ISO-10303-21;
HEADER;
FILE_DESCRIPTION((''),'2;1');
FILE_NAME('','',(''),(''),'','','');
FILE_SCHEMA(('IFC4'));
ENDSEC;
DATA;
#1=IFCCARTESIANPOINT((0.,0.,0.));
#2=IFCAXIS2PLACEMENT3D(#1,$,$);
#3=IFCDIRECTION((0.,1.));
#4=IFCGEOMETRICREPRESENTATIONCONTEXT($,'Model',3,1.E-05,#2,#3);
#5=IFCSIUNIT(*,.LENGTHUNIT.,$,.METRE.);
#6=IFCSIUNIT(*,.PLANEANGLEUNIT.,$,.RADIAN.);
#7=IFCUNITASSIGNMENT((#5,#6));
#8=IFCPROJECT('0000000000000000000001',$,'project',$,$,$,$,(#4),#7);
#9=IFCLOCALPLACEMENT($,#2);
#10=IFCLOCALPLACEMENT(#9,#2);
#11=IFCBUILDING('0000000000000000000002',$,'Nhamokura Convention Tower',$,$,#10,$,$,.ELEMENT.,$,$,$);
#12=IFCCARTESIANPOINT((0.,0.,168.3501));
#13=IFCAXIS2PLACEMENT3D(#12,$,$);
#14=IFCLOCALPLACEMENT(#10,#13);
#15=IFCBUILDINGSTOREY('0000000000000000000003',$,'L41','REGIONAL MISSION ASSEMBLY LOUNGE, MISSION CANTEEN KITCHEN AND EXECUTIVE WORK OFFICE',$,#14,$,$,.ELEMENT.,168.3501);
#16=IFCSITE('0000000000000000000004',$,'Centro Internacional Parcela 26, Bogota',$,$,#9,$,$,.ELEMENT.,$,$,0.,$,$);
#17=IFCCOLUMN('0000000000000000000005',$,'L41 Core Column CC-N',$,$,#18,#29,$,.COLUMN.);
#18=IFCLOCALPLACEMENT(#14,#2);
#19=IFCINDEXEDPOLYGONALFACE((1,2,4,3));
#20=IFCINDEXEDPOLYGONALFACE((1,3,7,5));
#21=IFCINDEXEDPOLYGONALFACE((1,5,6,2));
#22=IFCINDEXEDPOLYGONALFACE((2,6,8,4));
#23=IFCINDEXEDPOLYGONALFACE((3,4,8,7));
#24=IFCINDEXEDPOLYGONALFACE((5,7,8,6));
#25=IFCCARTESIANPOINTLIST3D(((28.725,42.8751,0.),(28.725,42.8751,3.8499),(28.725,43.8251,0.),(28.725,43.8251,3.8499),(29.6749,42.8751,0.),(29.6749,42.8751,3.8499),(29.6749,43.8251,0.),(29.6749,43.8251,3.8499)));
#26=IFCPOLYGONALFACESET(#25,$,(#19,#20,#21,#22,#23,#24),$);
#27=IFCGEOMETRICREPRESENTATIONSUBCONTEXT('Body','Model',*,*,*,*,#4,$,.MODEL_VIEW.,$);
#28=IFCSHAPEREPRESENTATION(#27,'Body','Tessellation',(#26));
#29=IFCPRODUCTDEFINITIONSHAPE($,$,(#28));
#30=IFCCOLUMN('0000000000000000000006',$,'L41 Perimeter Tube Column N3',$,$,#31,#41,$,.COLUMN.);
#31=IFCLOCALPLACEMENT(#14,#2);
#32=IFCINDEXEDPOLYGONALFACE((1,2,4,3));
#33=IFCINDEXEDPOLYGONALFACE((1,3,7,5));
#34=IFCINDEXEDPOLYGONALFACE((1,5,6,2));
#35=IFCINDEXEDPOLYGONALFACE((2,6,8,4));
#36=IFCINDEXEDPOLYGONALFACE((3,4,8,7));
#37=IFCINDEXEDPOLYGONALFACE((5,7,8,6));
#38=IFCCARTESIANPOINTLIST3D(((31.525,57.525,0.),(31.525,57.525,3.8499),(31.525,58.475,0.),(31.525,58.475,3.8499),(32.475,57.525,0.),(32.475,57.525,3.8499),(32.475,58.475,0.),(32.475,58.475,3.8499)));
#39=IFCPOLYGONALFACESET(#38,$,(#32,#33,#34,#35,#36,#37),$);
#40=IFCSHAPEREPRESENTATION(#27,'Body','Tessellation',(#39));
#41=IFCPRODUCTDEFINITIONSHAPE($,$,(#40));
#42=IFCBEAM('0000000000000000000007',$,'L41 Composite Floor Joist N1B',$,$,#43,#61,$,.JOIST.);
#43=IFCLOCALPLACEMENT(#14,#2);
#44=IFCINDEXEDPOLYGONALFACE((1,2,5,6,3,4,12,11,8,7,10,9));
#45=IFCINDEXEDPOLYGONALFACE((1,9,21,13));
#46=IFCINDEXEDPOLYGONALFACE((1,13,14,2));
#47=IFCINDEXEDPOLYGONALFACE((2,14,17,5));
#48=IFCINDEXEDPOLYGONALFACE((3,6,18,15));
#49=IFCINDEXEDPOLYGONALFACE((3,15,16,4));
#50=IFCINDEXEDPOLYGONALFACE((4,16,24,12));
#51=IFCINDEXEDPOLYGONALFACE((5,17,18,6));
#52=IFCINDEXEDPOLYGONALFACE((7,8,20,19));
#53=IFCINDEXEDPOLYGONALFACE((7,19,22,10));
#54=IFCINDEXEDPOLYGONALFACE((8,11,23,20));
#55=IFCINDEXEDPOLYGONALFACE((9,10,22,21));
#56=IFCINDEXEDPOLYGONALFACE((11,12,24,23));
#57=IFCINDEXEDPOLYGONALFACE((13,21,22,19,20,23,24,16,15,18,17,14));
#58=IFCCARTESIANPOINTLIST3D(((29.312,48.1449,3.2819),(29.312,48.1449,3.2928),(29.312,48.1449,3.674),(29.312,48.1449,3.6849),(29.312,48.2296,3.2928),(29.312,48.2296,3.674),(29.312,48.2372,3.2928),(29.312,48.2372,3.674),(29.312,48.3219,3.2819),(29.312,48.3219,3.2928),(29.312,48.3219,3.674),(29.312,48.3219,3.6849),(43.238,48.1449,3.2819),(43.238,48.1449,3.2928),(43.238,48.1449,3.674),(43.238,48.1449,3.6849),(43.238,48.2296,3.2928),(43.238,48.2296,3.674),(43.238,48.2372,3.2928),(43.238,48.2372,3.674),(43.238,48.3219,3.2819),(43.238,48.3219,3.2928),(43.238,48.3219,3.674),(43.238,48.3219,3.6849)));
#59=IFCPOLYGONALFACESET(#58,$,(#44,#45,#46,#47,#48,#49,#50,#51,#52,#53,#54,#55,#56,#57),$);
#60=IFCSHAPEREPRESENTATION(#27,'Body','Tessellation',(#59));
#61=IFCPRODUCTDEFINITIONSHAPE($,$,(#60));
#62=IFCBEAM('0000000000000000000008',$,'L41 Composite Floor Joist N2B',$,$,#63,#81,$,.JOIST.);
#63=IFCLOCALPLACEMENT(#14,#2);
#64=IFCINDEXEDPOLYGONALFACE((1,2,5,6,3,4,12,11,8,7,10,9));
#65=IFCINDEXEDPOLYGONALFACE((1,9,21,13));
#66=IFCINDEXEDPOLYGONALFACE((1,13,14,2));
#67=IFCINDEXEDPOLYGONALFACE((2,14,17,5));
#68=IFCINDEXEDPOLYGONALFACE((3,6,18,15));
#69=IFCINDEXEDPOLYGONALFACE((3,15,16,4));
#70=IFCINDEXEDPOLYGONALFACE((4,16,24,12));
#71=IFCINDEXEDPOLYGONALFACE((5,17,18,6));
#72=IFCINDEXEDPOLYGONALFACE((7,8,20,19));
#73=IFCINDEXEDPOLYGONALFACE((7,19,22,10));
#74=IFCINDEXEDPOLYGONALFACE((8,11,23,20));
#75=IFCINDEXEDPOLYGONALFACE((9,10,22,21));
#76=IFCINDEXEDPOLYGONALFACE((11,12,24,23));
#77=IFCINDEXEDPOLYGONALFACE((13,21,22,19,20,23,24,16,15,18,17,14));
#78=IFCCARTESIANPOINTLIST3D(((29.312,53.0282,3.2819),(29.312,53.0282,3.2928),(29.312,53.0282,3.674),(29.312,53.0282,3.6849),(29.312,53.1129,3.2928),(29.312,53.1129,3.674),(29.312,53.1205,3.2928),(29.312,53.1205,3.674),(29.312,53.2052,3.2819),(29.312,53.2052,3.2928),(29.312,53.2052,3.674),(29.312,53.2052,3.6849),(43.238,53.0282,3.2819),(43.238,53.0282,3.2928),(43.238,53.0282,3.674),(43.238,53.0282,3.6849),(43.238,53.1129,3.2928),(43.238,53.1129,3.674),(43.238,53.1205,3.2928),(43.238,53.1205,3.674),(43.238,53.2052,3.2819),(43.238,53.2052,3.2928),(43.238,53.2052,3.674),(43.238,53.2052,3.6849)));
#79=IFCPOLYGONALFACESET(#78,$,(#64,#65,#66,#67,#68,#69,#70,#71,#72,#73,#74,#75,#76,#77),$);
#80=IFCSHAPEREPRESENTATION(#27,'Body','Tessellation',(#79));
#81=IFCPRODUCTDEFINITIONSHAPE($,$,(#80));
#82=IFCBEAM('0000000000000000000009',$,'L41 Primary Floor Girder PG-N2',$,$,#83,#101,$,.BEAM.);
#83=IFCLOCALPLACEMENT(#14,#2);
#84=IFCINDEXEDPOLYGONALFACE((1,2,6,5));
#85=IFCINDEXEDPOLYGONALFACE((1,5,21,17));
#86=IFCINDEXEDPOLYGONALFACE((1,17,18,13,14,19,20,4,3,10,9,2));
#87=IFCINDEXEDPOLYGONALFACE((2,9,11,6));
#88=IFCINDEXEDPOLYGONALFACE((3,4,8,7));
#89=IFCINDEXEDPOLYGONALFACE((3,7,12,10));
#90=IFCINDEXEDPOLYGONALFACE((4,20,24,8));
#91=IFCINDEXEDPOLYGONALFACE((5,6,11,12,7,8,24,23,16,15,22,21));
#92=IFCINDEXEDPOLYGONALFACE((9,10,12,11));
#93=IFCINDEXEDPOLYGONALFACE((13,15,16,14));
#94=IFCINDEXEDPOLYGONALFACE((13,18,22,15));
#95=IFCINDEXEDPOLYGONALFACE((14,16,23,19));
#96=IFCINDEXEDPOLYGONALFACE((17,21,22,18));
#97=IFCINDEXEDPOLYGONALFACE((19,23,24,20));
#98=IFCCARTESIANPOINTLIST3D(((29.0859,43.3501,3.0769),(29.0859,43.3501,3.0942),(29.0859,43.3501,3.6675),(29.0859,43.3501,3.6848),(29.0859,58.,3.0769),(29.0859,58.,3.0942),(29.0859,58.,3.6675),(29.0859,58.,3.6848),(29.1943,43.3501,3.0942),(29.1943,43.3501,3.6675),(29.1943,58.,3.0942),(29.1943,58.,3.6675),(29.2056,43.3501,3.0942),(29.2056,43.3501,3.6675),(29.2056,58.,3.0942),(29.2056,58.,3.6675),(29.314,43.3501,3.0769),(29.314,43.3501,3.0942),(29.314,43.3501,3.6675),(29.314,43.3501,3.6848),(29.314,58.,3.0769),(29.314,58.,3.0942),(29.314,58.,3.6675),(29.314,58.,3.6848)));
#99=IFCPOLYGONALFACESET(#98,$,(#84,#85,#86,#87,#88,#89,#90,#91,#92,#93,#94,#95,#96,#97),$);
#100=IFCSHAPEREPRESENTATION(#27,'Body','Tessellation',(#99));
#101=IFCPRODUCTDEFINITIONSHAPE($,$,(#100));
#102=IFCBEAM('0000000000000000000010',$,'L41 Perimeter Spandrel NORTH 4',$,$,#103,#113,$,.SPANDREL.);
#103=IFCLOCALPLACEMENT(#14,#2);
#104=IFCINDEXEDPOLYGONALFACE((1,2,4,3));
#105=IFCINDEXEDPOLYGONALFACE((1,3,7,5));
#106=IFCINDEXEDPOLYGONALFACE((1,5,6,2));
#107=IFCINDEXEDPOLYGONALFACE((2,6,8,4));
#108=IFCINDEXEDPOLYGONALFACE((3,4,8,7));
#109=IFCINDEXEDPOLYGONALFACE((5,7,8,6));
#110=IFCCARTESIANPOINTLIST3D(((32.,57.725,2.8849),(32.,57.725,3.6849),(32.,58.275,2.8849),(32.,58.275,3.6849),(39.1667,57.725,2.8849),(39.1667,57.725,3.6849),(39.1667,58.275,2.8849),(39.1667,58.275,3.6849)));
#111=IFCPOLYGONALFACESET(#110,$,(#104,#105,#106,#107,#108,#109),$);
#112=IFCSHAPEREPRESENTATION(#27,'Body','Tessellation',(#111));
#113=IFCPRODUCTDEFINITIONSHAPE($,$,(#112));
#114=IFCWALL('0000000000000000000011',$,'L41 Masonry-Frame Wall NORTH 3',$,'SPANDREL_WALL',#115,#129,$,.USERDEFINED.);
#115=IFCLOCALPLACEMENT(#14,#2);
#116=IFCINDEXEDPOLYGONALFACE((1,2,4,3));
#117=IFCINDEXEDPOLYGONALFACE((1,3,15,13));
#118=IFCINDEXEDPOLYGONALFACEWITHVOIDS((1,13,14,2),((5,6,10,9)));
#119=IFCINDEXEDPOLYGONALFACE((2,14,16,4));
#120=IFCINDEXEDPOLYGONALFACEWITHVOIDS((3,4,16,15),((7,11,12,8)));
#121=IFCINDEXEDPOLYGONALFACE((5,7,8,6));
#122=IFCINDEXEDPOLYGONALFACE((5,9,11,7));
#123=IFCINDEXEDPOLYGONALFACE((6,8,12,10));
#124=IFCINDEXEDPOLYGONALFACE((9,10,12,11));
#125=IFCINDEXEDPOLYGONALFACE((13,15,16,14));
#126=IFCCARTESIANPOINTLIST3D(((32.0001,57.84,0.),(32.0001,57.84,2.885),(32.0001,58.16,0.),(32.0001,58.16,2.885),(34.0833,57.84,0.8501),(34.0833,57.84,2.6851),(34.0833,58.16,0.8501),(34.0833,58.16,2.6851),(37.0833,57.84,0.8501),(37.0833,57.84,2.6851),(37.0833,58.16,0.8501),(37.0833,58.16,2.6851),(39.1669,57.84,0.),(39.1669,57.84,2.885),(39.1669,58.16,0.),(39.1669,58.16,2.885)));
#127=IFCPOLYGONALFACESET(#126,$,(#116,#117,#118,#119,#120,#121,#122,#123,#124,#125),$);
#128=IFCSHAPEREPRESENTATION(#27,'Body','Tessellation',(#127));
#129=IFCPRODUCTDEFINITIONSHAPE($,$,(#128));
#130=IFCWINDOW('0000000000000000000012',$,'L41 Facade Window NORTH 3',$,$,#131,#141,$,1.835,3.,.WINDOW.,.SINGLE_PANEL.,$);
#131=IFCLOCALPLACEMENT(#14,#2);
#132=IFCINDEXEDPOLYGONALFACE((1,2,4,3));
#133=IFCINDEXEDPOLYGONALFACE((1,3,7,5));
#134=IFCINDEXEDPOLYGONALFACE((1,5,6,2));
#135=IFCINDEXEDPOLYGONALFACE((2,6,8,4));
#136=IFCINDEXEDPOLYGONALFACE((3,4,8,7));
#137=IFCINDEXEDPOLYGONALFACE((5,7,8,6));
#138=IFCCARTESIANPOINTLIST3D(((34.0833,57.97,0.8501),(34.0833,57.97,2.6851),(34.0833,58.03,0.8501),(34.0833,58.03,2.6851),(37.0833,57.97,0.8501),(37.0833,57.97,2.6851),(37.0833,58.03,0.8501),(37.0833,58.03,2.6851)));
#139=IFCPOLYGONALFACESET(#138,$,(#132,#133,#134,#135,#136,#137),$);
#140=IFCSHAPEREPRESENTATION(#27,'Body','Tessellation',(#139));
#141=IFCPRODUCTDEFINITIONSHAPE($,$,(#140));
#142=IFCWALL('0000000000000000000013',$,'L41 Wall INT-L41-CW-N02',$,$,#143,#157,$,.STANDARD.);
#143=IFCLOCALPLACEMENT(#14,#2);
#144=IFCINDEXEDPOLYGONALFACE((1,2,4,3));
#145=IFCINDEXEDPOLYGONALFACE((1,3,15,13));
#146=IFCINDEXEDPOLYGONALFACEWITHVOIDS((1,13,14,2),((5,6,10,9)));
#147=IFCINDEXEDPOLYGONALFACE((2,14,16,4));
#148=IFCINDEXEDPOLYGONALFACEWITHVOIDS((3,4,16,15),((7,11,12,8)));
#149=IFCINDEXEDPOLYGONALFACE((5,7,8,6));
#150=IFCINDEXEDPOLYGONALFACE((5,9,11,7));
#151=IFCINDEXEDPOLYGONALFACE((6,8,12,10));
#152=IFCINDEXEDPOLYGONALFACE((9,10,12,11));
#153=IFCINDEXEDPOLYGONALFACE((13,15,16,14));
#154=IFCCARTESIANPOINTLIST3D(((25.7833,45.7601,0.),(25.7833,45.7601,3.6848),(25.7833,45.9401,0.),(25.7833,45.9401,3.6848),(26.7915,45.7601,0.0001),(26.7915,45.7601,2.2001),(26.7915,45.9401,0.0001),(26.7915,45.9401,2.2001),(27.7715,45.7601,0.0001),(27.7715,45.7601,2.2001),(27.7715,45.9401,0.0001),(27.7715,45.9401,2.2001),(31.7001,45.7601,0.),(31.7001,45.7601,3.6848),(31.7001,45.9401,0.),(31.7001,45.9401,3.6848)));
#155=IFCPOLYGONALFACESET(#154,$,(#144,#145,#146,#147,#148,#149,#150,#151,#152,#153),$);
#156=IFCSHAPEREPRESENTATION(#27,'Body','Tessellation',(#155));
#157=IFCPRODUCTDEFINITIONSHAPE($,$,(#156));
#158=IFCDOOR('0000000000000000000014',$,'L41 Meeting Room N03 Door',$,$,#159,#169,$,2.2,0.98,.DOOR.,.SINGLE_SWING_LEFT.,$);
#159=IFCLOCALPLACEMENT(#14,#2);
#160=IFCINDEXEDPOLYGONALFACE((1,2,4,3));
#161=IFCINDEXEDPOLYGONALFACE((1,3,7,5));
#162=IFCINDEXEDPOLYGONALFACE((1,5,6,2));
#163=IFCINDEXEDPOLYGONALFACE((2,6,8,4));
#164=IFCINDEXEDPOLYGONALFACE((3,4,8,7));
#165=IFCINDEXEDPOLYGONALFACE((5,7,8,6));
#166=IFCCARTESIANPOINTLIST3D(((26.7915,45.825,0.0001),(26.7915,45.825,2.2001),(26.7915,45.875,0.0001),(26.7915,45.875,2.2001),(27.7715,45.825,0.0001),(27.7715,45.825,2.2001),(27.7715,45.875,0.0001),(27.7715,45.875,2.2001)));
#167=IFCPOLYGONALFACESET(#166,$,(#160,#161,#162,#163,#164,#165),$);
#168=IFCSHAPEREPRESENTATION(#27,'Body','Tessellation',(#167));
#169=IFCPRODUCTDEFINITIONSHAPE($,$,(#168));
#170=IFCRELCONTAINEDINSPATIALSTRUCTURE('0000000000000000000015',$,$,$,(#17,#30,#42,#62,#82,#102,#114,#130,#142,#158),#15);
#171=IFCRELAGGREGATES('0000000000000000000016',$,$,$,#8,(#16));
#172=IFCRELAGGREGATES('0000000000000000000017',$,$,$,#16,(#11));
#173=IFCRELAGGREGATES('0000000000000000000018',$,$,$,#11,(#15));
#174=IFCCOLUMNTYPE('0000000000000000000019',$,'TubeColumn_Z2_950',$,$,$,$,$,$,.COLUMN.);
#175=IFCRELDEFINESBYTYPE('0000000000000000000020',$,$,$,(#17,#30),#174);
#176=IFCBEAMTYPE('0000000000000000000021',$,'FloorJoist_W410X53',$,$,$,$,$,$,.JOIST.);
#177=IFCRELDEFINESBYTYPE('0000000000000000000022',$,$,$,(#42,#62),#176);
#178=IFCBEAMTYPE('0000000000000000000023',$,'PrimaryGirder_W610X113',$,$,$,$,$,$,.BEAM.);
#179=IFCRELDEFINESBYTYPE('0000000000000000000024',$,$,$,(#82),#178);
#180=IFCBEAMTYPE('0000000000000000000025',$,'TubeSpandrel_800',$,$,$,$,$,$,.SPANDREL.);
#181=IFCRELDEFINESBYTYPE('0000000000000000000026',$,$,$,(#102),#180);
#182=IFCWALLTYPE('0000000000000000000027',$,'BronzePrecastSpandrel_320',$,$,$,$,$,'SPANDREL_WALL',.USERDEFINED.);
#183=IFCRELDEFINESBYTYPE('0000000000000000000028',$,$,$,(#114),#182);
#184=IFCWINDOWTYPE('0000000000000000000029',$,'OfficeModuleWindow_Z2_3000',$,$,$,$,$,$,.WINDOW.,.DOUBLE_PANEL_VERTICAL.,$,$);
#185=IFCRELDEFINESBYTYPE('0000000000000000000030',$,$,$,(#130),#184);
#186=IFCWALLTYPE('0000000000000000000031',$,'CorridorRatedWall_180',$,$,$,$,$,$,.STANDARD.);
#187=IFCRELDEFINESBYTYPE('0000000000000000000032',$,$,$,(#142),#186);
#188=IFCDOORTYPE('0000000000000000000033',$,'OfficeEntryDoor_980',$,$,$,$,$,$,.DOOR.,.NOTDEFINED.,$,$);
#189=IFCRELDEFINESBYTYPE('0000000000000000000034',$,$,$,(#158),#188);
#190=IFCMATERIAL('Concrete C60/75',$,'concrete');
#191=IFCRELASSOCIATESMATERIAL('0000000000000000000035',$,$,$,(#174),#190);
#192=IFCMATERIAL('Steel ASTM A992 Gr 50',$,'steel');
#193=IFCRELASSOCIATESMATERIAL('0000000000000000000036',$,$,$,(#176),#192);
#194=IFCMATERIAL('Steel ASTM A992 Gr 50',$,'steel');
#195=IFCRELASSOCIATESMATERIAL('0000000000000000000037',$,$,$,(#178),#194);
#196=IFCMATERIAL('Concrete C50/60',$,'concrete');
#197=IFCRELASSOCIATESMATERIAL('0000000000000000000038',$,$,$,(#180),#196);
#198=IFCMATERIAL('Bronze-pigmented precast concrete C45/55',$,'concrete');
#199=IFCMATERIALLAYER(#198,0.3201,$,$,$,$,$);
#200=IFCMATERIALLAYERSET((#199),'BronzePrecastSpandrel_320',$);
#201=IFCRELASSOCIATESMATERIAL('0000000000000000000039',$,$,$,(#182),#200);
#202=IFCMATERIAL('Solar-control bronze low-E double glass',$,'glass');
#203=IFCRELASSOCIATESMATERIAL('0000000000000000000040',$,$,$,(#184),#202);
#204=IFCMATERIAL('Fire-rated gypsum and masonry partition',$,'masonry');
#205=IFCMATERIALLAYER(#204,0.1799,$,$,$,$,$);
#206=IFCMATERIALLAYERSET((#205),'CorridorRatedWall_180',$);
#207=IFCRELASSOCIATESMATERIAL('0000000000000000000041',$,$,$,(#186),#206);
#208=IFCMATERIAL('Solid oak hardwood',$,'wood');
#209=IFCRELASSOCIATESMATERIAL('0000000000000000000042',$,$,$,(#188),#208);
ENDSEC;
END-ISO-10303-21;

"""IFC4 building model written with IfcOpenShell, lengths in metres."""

from ifc_helpers import new_model, si_unit, direction, frame, frame_2d, origin, origin_2d, place, context, subcontext, project, spatial, rectangle, i_section, extrude, material, layer, layer_set, material_profile, profile_set, type_object, element, fill, save


model = new_model("IFC4")

# Units and contexts
model_context = context("Model", 3, precision=1e-05, world=origin(), true_north=direction((0.0, 1.0)))
body_context = subcontext(model_context, "Body", "Model", "MODEL_VIEW")
ifc_project = project(units=[si_unit("LENGTHUNIT", "METRE"), si_unit("PLANEANGLEUNIT", "RADIAN")], contexts=[model_context])

# Site, building, storey
site_placement = place(None, origin())
site = spatial("IfcSite", under=ifc_project, at=site_placement, Name="Centro Internacional Parcela 26, Bogota", CompositionType="ELEMENT", RefElevation=0.0)
building_placement = place(site_placement, origin())
building = spatial("IfcBuilding", under=site, at=building_placement, Name="Nhamokura Convention Tower", CompositionType="ELEMENT")
storey_placement = place(building_placement, frame((0.0, 0.0, 168.3501)))
storey = spatial("IfcBuildingStorey", under=building, at=storey_placement, Name="L41", Description="REGIONAL MISSION ASSEMBLY LOUNGE, MISSION CANTEEN KITCHEN AND EXECUTIVE WORK OFFICE", CompositionType="ELEMENT", Elevation=168.3501)

# Columns
ifc_material_1 = material(Name="Concrete C60/75", Category="concrete")
ifc_material_profile_1 = material_profile(ifc_material_1, rectangle(XDim=0.95, YDim=0.95, at=origin_2d()))
ifc_profile_set_1 = profile_set([ifc_material_profile_1], Name="Concrete C60/75")
column_type = type_object("IfcColumnType", Name="TubeColumn_Z2_950", PredefinedType="COLUMN", material=ifc_profile_set_1)
for number, where, z_axis, x_axis, name in (
    (1, (29.2, 43.3501, 0.0), (0.0, 0.0, 1.0), (1.0, 0.0, 0.0), "L41 Core Column CC-N"),
    (2, (32.0, 58.0, 0.0), (0.0, 0.0, 1.0), (1.0, 0.0, 0.0), "L41 Perimeter Tube Column N3"),
):
    element("IfcColumn", number, at=place(storey_placement, frame(where, z_axis=z_axis, x_axis=x_axis)), inside=storey, type_object=column_type, Name=name, PredefinedType="COLUMN", context=body_context, shape_type="SweptSolid", body=[
        extrude(rectangle(XDim=0.95, YDim=0.95, at=origin_2d()), origin(), (0.0, 0.0, 1.0), 3.8499),
    ])

# Beams
ifc_material_2 = material(Name="Steel ASTM A992 Gr 50", Category="steel")
ifc_material_profile_2 = material_profile(ifc_material_2, i_section(OverallWidth=0.177, OverallDepth=0.4031, WebThickness=0.0076, FlangeThickness=0.011, at=origin_2d()))
ifc_profile_set_2 = profile_set([ifc_material_profile_2], Name="Steel ASTM A992 Gr 50")
beam_type_1 = type_object("IfcBeamType", Name="FloorJoist_W410X53", PredefinedType="JOIST", material=ifc_profile_set_2)
for number, where, z_axis, x_axis, name in (
    (3, (29.312, 48.2334, 3.4834), (1.0, 0.0, 0.0), (0.0, 1.0, 0.0), "L41 Composite Floor Joist N1B"),
    (4, (29.312, 53.1167, 3.4834), (1.0, 0.0, 0.0), (0.0, 1.0, 0.0), "L41 Composite Floor Joist N2B"),
):
    element("IfcBeam", number, at=place(storey_placement, frame(where, z_axis=z_axis, x_axis=x_axis)), inside=storey, type_object=beam_type_1, Name=name, PredefinedType="JOIST", context=body_context, shape_type="SweptSolid", body=[
        extrude(i_section(OverallWidth=0.177, OverallDepth=0.4031, WebThickness=0.0076, FlangeThickness=0.011, at=origin_2d()), origin(), (0.0, 0.0, 1.0), 13.926),
    ])
ifc_material_3 = material(Name="Steel ASTM A992 Gr 50", Category="steel")
ifc_material_profile_3 = material_profile(ifc_material_3, i_section(OverallWidth=0.228, OverallDepth=0.6079, WebThickness=0.0112, FlangeThickness=0.0173, at=origin_2d()))
ifc_profile_set_3 = profile_set([ifc_material_profile_3], Name="Steel ASTM A992 Gr 50")
beam_type_2 = type_object("IfcBeamType", Name="PrimaryGirder_W610X113", PredefinedType="BEAM", material=ifc_profile_set_3)
beam_1_placement = place(storey_placement, frame((29.2, 43.3501, 3.3809), z_axis=(0.0, 1.0, 0.0), x_axis=(-1.0, 0.0, 0.0)))
element("IfcBeam", 5, at=beam_1_placement, inside=storey, type_object=beam_type_2, Name="L41 Primary Floor Girder PG-N2", PredefinedType="BEAM", context=body_context, shape_type="SweptSolid", body=[
    extrude(i_section(OverallWidth=0.228, OverallDepth=0.6079, WebThickness=0.0112, FlangeThickness=0.0173, at=origin_2d()), origin(), (0.0, 0.0, 1.0), 14.6499),
])
ifc_material_4 = material(Name="Concrete C50/60", Category="concrete")
ifc_material_profile_4 = material_profile(ifc_material_4, rectangle(XDim=0.55, YDim=0.8, at=origin_2d()))
ifc_profile_set_4 = profile_set([ifc_material_profile_4], Name="Concrete C50/60")
beam_type_3 = type_object("IfcBeamType", Name="TubeSpandrel_800", PredefinedType="SPANDREL", material=ifc_profile_set_4)
beam_2_placement = place(storey_placement, frame((32.0, 58.0, 3.2849), z_axis=(1.0, 0.0, 0.0), x_axis=(0.0, 1.0, 0.0)))
element("IfcBeam", 6, at=beam_2_placement, inside=storey, type_object=beam_type_3, Name="L41 Perimeter Spandrel NORTH 4", PredefinedType="SPANDREL", context=body_context, shape_type="SweptSolid", body=[
    extrude(rectangle(XDim=0.55, YDim=0.8, at=origin_2d()), origin(), (0.0, 0.0, 1.0), 7.1667),
])

# Wall, opening, window
ifc_material_5 = material(Name="Bronze-pigmented precast concrete C45/55", Category="concrete")
ifc_layer_1 = layer(ifc_material_5, 0.3201)
ifc_layer_set_1 = layer_set([ifc_layer_1], Name="BronzePrecastSpandrel_320")
wall_type_1 = type_object("IfcWallType", Name="BronzePrecastSpandrel_320", ElementType="SPANDREL_WALL", PredefinedType="USERDEFINED", material=ifc_layer_set_1)
wall_1_placement = place(storey_placement, frame((32.0, 58.0, 0.0), z_axis=(0.0, 0.0, 1.0), x_axis=(1.0, 0.0, 0.0)))
wall_1 = element("IfcWall", 7, at=wall_1_placement, inside=storey, type_object=wall_type_1, Name="L41 Masonry-Frame Wall NORTH 3", ObjectType="SPANDREL_WALL", PredefinedType="USERDEFINED", context=body_context, shape_type="SweptSolid", body=[
    extrude(rectangle(XDim=7.1667, YDim=0.3201, at=frame_2d((3.5835, 0.0))), origin(), (0.0, 0.0, 1.0), 2.885),
])
opening_1_placement = place(wall_1_placement, frame((2.0833, 0.0, 0.8501)))
opening_1 = element("IfcOpeningElement", 8, at=opening_1_placement, cuts=wall_1, PredefinedType="OPENING", context=body_context, shape_type="SweptSolid", body=[
    extrude(rectangle(XDim=3.0, YDim=1.835, at=frame_2d((1.5, 0.9175))), frame((0.0, 0.1699, 0.0), z_axis=(0.0, -1.0, 0.0), x_axis=(1.0, 0.0, 0.0)), (0.0, 0.0, 1.0), 0.3401),
])
ifc_material_6 = material(Name="Solar-control bronze low-E double glass", Category="glass")
window_type = type_object("IfcWindowType", Name="OfficeModuleWindow_Z2_3000", PartitioningType="DOUBLE_PANEL_VERTICAL", PredefinedType="WINDOW", material=ifc_material_6)
window_placement = place(opening_1_placement, origin())
window = element("IfcWindow", 9, at=window_placement, inside=storey, type_object=window_type, Name="L41 Facade Window NORTH 3", OverallHeight=1.835, OverallWidth=3.0, PartitioningType="SINGLE_PANEL", PredefinedType="WINDOW", context=body_context, shape_type="SweptSolid", body=[
    extrude(rectangle(XDim=3.0, YDim=1.835, at=frame_2d((1.5, 0.9175))), frame((0.0, 0.03, 0.0), z_axis=(0.0, -1.0, 0.0), x_axis=(1.0, 0.0, 0.0)), (0.0, 0.0, 1.0), 0.0601),
])
fill(opening_1, window)

# Wall, opening, door
ifc_material_7 = material(Name="Fire-rated gypsum and masonry partition", Category="masonry")
ifc_layer_2 = layer(ifc_material_7, 0.1799)
ifc_layer_set_2 = layer_set([ifc_layer_2], Name="CorridorRatedWall_180")
wall_type_2 = type_object("IfcWallType", Name="CorridorRatedWall_180", PredefinedType="STANDARD", material=ifc_layer_set_2)
wall_2_placement = place(storey_placement, frame((25.7832, 45.8501, 0.0), z_axis=(0.0, 0.0, 1.0), x_axis=(1.0, 0.0, 0.0)))
wall_2 = element("IfcWall", 10, at=wall_2_placement, inside=storey, type_object=wall_type_2, Name="L41 Wall INT-L41-CW-N02", PredefinedType="STANDARD", context=body_context, shape_type="SweptSolid", body=[
    extrude(rectangle(XDim=5.9167, YDim=0.1799, at=frame_2d((2.9585, 0.0))), origin(), (0.0, 0.0, 1.0), 3.6848),
])
opening_2_placement = place(wall_2_placement, frame((1.0083, 0.0, 0.0)))
opening_2 = element("IfcOpeningElement", 11, at=opening_2_placement, cuts=wall_2, PredefinedType="OPENING", context=body_context, shape_type="SweptSolid", body=[
    extrude(rectangle(XDim=0.98, YDim=2.2, at=frame_2d((0.49, 1.1001))), frame((0.0, 0.0999, 0.0), z_axis=(0.0, -1.0, 0.0), x_axis=(1.0, 0.0, 0.0)), (0.0, 0.0, 1.0), 0.2),
])
ifc_material_8 = material(Name="Solid oak hardwood", Category="wood")
door_type_1 = type_object("IfcDoorType", Name="OfficeEntryDoor_980", OperationType="NOTDEFINED", PredefinedType="DOOR", material=ifc_material_8)
door_1_placement = place(opening_2_placement, origin())
door_1 = element("IfcDoor", 12, at=door_1_placement, inside=storey, type_object=door_type_1, Name="L41 Meeting Room N03 Door", OperationType="SINGLE_SWING_LEFT", OverallHeight=2.2, OverallWidth=0.98, PredefinedType="DOOR", context=body_context, shape_type="SweptSolid", body=[
    extrude(rectangle(XDim=0.98, YDim=2.2, at=frame_2d((0.49, 1.1001))), frame((0.0, 0.0249, 0.0), z_axis=(0.0, -1.0, 0.0), x_axis=(1.0, 0.0, 0.0)), (0.0, 0.0, 1.0), 0.05),
])
fill(opening_2, door_1)

save(model, "model.ifc")
